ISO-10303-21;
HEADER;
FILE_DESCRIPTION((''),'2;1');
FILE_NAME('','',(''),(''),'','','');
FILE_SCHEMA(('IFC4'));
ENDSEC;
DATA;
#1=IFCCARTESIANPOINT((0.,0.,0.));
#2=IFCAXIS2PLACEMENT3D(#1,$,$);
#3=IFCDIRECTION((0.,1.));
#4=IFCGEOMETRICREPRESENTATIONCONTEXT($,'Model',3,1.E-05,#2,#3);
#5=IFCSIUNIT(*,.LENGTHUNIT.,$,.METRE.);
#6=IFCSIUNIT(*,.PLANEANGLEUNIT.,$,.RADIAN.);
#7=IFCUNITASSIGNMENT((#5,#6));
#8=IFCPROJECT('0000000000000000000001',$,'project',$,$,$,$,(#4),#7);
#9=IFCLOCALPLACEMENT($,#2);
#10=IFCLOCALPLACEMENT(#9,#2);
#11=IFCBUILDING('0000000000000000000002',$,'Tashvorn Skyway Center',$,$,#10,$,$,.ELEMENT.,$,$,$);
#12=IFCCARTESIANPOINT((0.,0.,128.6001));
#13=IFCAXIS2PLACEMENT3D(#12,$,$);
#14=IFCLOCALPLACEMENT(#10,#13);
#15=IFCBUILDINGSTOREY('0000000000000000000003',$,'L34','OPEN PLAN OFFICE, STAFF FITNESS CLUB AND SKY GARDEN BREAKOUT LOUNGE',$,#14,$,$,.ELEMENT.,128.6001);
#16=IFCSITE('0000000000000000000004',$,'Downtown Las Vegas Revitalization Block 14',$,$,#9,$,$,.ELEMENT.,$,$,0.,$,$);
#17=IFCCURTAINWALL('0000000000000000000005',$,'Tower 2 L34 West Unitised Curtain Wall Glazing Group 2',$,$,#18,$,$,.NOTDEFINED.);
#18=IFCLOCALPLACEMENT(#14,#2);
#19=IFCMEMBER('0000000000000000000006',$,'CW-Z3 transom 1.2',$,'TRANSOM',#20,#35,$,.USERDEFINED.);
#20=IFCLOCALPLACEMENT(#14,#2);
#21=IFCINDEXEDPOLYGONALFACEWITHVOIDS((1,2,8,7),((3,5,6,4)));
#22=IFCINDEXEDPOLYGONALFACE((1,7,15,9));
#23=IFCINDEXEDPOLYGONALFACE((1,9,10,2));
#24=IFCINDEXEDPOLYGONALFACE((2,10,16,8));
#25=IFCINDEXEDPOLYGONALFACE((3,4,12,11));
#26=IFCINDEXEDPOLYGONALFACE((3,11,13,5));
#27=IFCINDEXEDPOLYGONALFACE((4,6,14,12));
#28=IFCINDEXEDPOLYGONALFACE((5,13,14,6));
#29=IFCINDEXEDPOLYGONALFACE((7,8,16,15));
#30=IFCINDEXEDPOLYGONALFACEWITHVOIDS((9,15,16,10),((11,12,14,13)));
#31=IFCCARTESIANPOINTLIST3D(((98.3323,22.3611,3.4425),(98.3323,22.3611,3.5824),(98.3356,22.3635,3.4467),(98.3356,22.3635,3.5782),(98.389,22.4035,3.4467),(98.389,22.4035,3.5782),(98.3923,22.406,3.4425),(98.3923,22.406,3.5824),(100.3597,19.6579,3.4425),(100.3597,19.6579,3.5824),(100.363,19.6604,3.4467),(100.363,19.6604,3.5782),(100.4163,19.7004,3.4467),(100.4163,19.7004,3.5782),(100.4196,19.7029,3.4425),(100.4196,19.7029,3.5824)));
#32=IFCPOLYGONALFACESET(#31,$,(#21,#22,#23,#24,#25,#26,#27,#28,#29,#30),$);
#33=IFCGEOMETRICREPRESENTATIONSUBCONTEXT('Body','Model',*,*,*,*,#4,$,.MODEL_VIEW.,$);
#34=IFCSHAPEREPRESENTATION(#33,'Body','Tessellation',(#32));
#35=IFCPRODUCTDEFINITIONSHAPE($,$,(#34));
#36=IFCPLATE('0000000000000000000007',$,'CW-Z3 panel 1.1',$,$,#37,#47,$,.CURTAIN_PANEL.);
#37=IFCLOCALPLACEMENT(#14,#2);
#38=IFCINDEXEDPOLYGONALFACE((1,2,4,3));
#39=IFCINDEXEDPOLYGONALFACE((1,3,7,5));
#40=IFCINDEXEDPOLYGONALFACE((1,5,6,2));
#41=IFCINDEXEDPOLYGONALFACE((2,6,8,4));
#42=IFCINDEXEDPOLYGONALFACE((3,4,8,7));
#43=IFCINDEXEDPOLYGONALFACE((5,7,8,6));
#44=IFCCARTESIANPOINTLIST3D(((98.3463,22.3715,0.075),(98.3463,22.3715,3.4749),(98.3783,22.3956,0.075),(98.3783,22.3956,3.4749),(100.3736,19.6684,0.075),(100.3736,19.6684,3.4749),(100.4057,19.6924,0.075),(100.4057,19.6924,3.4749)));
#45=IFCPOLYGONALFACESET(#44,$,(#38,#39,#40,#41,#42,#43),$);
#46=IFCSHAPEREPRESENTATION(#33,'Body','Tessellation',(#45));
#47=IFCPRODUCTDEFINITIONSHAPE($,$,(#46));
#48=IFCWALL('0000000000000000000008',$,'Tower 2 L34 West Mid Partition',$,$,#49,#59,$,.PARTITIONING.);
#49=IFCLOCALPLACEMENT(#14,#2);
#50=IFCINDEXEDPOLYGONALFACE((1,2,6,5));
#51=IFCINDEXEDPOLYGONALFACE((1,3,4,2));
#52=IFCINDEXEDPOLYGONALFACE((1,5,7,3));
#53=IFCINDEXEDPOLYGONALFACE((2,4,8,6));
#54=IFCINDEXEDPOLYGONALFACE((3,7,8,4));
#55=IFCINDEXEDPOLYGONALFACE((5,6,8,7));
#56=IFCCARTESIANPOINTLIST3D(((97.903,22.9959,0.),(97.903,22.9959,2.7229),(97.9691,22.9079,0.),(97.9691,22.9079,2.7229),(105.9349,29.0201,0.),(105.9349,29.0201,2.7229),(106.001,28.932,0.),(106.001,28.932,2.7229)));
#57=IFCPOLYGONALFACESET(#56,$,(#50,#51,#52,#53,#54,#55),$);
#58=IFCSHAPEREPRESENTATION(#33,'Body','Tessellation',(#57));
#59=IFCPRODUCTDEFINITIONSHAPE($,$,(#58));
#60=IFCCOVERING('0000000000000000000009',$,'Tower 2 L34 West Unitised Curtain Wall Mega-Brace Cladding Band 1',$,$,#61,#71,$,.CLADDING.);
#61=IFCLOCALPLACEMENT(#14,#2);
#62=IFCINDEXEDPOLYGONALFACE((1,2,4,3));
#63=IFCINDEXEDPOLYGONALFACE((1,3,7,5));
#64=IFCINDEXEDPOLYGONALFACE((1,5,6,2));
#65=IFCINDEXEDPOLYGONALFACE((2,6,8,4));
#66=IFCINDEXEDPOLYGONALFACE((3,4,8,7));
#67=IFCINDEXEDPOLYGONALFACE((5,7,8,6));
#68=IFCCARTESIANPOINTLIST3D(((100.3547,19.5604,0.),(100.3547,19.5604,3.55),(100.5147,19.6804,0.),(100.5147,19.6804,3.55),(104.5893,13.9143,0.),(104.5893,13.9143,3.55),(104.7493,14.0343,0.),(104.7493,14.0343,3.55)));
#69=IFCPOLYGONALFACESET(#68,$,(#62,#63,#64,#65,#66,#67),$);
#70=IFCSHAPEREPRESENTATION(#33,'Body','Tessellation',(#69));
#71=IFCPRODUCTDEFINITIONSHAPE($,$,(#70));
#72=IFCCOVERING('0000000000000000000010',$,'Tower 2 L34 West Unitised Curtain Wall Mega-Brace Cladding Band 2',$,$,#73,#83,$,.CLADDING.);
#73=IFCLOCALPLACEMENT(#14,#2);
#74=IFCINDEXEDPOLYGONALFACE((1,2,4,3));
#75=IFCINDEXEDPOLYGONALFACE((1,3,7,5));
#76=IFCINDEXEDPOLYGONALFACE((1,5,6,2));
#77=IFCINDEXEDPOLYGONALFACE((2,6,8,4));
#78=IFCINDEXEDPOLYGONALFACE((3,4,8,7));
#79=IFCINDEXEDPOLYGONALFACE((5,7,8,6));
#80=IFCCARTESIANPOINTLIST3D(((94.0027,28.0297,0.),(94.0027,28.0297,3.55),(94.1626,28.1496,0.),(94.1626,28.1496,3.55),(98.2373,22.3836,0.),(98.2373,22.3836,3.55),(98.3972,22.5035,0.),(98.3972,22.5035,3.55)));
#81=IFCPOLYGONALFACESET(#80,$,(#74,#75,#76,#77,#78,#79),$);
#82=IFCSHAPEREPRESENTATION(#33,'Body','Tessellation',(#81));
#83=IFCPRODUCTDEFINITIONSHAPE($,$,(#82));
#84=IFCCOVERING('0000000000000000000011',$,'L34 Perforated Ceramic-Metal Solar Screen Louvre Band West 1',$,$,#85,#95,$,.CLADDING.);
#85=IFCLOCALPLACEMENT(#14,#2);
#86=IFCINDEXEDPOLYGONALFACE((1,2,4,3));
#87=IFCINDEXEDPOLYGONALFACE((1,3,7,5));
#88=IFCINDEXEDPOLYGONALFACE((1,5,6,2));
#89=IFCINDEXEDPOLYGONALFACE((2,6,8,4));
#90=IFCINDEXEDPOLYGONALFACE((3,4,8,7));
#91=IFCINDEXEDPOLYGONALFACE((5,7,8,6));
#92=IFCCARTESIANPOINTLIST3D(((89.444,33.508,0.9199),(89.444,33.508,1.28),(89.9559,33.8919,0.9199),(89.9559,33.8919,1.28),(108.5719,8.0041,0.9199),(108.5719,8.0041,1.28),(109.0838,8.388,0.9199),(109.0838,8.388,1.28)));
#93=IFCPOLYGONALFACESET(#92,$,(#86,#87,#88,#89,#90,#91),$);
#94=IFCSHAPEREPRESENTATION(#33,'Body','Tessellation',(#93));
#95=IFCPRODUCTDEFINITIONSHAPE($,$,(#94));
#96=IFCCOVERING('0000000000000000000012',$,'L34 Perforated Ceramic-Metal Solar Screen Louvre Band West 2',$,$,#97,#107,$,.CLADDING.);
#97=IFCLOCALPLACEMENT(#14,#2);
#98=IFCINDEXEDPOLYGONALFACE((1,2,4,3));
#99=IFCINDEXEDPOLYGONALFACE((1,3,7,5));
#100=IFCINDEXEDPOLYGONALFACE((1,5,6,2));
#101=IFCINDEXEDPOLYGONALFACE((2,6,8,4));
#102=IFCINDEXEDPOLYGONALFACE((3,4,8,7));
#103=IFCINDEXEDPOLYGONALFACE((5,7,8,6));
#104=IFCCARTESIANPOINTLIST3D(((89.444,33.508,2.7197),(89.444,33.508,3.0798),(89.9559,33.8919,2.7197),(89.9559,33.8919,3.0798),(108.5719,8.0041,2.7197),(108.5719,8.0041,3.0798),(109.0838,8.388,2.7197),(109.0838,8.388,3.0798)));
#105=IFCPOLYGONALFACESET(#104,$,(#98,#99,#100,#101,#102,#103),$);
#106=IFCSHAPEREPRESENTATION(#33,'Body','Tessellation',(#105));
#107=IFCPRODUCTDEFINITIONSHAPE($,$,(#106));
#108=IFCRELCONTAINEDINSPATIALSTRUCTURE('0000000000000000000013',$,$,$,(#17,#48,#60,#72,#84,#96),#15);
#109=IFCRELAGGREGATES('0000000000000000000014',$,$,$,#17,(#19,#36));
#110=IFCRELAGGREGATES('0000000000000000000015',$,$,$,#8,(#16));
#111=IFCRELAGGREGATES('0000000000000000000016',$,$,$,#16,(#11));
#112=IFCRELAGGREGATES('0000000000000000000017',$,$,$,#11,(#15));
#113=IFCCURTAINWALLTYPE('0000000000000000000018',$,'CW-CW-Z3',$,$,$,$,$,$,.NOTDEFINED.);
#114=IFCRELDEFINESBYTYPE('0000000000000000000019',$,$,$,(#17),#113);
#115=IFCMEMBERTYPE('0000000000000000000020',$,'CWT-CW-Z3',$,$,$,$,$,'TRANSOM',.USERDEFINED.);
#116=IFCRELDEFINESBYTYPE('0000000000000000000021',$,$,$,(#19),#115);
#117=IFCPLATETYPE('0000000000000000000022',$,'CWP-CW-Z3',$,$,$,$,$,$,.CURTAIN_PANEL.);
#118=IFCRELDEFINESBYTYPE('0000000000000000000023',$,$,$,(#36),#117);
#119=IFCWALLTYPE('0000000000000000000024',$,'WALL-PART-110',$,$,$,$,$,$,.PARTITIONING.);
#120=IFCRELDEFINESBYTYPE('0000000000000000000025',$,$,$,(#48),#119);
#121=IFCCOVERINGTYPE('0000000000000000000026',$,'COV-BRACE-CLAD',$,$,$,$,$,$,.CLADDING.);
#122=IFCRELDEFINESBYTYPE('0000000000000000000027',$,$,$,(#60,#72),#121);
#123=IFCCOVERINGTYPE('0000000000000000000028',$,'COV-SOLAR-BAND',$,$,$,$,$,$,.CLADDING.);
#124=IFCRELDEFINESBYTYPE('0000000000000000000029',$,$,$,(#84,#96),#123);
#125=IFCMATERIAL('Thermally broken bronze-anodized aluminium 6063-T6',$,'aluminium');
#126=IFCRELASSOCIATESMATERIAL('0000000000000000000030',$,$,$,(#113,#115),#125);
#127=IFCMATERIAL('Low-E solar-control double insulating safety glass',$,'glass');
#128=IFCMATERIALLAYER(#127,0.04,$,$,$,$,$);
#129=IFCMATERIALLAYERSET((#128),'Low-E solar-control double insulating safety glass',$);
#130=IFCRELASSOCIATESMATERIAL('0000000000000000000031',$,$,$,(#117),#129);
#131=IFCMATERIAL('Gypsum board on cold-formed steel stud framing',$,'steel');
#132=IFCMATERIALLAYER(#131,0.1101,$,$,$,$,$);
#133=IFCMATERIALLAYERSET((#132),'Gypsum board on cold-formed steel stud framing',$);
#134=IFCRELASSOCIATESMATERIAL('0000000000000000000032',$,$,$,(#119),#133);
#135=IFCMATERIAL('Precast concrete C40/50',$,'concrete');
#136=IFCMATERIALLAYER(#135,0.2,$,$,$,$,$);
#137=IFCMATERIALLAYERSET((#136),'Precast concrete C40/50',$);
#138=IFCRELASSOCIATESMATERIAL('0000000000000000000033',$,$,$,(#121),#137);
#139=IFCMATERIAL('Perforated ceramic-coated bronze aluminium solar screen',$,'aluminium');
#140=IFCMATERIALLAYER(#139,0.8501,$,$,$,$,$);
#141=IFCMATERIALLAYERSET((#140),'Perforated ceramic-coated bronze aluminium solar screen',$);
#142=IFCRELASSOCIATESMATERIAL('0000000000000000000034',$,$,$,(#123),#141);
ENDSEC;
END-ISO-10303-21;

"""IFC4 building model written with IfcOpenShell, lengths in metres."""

from ifc_helpers import new_model, si_unit, direction, frame, frame_2d, origin, origin_2d, place, context, subcontext, project, spatial, rectangle, hollow_rectangle, extrude, material, layer, layer_set, material_profile, profile_set, type_object, element, aggregate, save


model = new_model("IFC4")

# Units and contexts
model_context = context("Model", 3, precision=1e-05, world=origin(), true_north=direction((0.0, 1.0)))
body_context = subcontext(model_context, "Body", "Model", "MODEL_VIEW")
ifc_project = project(units=[si_unit("LENGTHUNIT", "METRE"), si_unit("PLANEANGLEUNIT", "RADIAN")], contexts=[model_context])

# Site, building, storey
site_placement = place(None, origin())
site = spatial("IfcSite", under=ifc_project, at=site_placement, Name="Downtown Las Vegas Revitalization Block 14", CompositionType="ELEMENT", RefElevation=0.0)
building_placement = place(site_placement, origin())
building = spatial("IfcBuilding", under=site, at=building_placement, Name="Tashvorn Skyway Center", CompositionType="ELEMENT")
storey_placement = place(building_placement, frame((0.0, 0.0, 128.6001)))
storey = spatial("IfcBuildingStorey", under=building, at=storey_placement, Name="L34", Description="OPEN PLAN OFFICE, STAFF FITNESS CLUB AND SKY GARDEN BREAKOUT LOUNGE", CompositionType="ELEMENT", Elevation=128.6001)

# Curtain wall, member, plate
ifc_material_1 = material(Name="Thermally broken bronze-anodized aluminium 6063-T6", Category="aluminium")
curtain_wall_type = type_object("IfcCurtainWallType", Name="CW-CW-Z3", PredefinedType="NOTDEFINED", material=ifc_material_1)
curtain_wall_placement = place(storey_placement, origin())
curtain_wall = element("IfcCurtainWall", 1, at=curtain_wall_placement, inside=storey, type_object=curtain_wall_type, Name="Tower 2 L34 West Unitised Curtain Wall Glazing Group 2", PredefinedType="NOTDEFINED")
ifc_material_profile_1 = material_profile(ifc_material_1, hollow_rectangle(XDim=0.075, YDim=0.1399, WallThickness=0.0042, at=origin_2d()), Name="ALU-TRAN-75x140")
ifc_profile_set_1 = profile_set([ifc_material_profile_1], Name="Thermally broken bronze-anodized aluminium 6063-T6")
member_type_1 = type_object("IfcMemberType", Name="CWT-CW-Z3", ElementType="TRANSOM", PredefinedType="USERDEFINED", material=ifc_profile_set_1)
member_1_placement = place(storey_placement, frame((100.3896, 19.6804, 3.5125), z_axis=(-0.6, 0.8, 0.0), x_axis=(-0.8, -0.6, 0.0)))
member_1 = element("IfcMember", 2, at=member_1_placement, type_object=member_type_1, Name="CW-Z3 transom 1.2", ObjectType="TRANSOM", PredefinedType="USERDEFINED", context=body_context, shape_type="SweptSolid", body=[
    extrude(hollow_rectangle(XDim=0.075, YDim=0.1399, WallThickness=0.0042, at=origin_2d()), origin(), (0.0, 0.0, 1.0), 3.3789),
])
ifc_material_2 = material(Name="Low-E solar-control double insulating safety glass", Category="glass")
ifc_layer_1 = layer(ifc_material_2, 0.04)
ifc_layer_set_1 = layer_set([ifc_layer_1], Name="Low-E solar-control double insulating safety glass")
plate_type = type_object("IfcPlateType", Name="CWP-CW-Z3", PredefinedType="CURTAIN_PANEL", material=ifc_layer_set_1)
plate_placement = place(storey_placement, frame((99.376, 21.032, 0.075), z_axis=(0.0, 0.0, 1.0), x_axis=(-0.6, 0.8, 0.0)))
plate = element("IfcPlate", 3, at=plate_placement, type_object=plate_type, Name="CW-Z3 panel 1.1", PredefinedType="CURTAIN_PANEL", context=body_context, shape_type="SweptSolid", body=[
    extrude(rectangle(XDim=3.3789, YDim=0.04, at=origin_2d()), origin(), (0.0, 0.0, 1.0), 3.3999),
])
aggregate(curtain_wall, [member_1, plate])

# Wall
ifc_material_3 = material(Name="Gypsum board on cold-formed steel stud framing", Category="steel")
ifc_layer_2 = layer(ifc_material_3, 0.1101)
ifc_layer_set_2 = layer_set([ifc_layer_2], Name="Gypsum board on cold-formed steel stud framing")
wall_type = type_object("IfcWallType", Name="WALL-PART-110", PredefinedType="PARTITIONING", material=ifc_layer_set_2)
wall_placement = place(storey_placement, frame((97.936, 22.9519, 0.0), z_axis=(0.0, 0.0, 1.0), x_axis=(0.799991, 0.600012, 0.0)))
element("IfcWall", 4, at=wall_placement, inside=storey, type_object=wall_type, Name="Tower 2 L34 West Mid Partition", PredefinedType="PARTITIONING", context=body_context, shape_type="SweptSolid", body=[
    extrude(rectangle(XDim=10.04, YDim=0.1101, at=frame_2d((5.02, 0.0))), origin(), (0.0, 0.0, 1.0), 2.7229),
])

# Coverings
ifc_material_4 = material(Name="Precast concrete C40/50", Category="concrete")
ifc_layer_3 = layer(ifc_material_4, 0.2)
ifc_layer_set_3 = layer_set([ifc_layer_3], Name="Precast concrete C40/50")
covering_type_1 = type_object("IfcCoveringType", Name="COV-BRACE-CLAD", PredefinedType="CLADDING", material=ifc_layer_set_3)
for number, where, z_axis, x_axis, name in (
    (5, (102.552, 16.7974, 0.0), (0.0, 0.0, 1.0), (-0.6, 0.8, 0.0), "Tower 2 L34 West Unitised Curtain Wall Mega-Brace Cladding Band 1"),
    (6, (96.2, 25.2666, 0.0), (0.0, 0.0, 1.0), (-0.6, 0.8, 0.0), "Tower 2 L34 West Unitised Curtain Wall Mega-Brace Cladding Band 2"),
):
    element("IfcCovering", number, at=place(storey_placement, frame(where, z_axis=z_axis, x_axis=x_axis)), inside=storey, type_object=covering_type_1, Name=name, PredefinedType="CLADDING", context=body_context, shape_type="SweptSolid", body=[
        extrude(rectangle(XDim=7.0576, YDim=0.2, at=origin_2d()), origin(), (0.0, 0.0, 1.0), 3.55),
    ])
ifc_material_5 = material(Name="Perforated ceramic-coated bronze aluminium solar screen", Category="aluminium")
ifc_layer_4 = layer(ifc_material_5, 0.8501)
ifc_layer_set_4 = layer_set([ifc_layer_4], Name="Perforated ceramic-coated bronze aluminium solar screen")
covering_type_2 = type_object("IfcCoveringType", Name="COV-SOLAR-BAND", PredefinedType="CLADDING", material=ifc_layer_set_4)
for number, where, z_axis, x_axis, name in (
    (7, (99.2639, 20.948, 0.9199), (0.0, 0.0, 1.0), (-0.6, 0.8, 0.0), "L34 Perforated Ceramic-Metal Solar Screen Louvre Band West 1"),
    (8, (99.2639, 20.948, 2.7197), (0.0, 0.0, 1.0), (-0.6, 0.8, 0.0), "L34 Perforated Ceramic-Metal Solar Screen Louvre Band West 2"),
):
    element("IfcCovering", number, at=place(storey_placement, frame(where, z_axis=z_axis, x_axis=x_axis)), inside=storey, type_object=covering_type_2, Name=name, PredefinedType="CLADDING", context=body_context, shape_type="SweptSolid", body=[
        extrude(rectangle(XDim=31.8799, YDim=0.6399, at=origin_2d()), origin(), (0.0, 0.0, 1.0), 0.3601),
    ])

save(model, "model.ifc")
